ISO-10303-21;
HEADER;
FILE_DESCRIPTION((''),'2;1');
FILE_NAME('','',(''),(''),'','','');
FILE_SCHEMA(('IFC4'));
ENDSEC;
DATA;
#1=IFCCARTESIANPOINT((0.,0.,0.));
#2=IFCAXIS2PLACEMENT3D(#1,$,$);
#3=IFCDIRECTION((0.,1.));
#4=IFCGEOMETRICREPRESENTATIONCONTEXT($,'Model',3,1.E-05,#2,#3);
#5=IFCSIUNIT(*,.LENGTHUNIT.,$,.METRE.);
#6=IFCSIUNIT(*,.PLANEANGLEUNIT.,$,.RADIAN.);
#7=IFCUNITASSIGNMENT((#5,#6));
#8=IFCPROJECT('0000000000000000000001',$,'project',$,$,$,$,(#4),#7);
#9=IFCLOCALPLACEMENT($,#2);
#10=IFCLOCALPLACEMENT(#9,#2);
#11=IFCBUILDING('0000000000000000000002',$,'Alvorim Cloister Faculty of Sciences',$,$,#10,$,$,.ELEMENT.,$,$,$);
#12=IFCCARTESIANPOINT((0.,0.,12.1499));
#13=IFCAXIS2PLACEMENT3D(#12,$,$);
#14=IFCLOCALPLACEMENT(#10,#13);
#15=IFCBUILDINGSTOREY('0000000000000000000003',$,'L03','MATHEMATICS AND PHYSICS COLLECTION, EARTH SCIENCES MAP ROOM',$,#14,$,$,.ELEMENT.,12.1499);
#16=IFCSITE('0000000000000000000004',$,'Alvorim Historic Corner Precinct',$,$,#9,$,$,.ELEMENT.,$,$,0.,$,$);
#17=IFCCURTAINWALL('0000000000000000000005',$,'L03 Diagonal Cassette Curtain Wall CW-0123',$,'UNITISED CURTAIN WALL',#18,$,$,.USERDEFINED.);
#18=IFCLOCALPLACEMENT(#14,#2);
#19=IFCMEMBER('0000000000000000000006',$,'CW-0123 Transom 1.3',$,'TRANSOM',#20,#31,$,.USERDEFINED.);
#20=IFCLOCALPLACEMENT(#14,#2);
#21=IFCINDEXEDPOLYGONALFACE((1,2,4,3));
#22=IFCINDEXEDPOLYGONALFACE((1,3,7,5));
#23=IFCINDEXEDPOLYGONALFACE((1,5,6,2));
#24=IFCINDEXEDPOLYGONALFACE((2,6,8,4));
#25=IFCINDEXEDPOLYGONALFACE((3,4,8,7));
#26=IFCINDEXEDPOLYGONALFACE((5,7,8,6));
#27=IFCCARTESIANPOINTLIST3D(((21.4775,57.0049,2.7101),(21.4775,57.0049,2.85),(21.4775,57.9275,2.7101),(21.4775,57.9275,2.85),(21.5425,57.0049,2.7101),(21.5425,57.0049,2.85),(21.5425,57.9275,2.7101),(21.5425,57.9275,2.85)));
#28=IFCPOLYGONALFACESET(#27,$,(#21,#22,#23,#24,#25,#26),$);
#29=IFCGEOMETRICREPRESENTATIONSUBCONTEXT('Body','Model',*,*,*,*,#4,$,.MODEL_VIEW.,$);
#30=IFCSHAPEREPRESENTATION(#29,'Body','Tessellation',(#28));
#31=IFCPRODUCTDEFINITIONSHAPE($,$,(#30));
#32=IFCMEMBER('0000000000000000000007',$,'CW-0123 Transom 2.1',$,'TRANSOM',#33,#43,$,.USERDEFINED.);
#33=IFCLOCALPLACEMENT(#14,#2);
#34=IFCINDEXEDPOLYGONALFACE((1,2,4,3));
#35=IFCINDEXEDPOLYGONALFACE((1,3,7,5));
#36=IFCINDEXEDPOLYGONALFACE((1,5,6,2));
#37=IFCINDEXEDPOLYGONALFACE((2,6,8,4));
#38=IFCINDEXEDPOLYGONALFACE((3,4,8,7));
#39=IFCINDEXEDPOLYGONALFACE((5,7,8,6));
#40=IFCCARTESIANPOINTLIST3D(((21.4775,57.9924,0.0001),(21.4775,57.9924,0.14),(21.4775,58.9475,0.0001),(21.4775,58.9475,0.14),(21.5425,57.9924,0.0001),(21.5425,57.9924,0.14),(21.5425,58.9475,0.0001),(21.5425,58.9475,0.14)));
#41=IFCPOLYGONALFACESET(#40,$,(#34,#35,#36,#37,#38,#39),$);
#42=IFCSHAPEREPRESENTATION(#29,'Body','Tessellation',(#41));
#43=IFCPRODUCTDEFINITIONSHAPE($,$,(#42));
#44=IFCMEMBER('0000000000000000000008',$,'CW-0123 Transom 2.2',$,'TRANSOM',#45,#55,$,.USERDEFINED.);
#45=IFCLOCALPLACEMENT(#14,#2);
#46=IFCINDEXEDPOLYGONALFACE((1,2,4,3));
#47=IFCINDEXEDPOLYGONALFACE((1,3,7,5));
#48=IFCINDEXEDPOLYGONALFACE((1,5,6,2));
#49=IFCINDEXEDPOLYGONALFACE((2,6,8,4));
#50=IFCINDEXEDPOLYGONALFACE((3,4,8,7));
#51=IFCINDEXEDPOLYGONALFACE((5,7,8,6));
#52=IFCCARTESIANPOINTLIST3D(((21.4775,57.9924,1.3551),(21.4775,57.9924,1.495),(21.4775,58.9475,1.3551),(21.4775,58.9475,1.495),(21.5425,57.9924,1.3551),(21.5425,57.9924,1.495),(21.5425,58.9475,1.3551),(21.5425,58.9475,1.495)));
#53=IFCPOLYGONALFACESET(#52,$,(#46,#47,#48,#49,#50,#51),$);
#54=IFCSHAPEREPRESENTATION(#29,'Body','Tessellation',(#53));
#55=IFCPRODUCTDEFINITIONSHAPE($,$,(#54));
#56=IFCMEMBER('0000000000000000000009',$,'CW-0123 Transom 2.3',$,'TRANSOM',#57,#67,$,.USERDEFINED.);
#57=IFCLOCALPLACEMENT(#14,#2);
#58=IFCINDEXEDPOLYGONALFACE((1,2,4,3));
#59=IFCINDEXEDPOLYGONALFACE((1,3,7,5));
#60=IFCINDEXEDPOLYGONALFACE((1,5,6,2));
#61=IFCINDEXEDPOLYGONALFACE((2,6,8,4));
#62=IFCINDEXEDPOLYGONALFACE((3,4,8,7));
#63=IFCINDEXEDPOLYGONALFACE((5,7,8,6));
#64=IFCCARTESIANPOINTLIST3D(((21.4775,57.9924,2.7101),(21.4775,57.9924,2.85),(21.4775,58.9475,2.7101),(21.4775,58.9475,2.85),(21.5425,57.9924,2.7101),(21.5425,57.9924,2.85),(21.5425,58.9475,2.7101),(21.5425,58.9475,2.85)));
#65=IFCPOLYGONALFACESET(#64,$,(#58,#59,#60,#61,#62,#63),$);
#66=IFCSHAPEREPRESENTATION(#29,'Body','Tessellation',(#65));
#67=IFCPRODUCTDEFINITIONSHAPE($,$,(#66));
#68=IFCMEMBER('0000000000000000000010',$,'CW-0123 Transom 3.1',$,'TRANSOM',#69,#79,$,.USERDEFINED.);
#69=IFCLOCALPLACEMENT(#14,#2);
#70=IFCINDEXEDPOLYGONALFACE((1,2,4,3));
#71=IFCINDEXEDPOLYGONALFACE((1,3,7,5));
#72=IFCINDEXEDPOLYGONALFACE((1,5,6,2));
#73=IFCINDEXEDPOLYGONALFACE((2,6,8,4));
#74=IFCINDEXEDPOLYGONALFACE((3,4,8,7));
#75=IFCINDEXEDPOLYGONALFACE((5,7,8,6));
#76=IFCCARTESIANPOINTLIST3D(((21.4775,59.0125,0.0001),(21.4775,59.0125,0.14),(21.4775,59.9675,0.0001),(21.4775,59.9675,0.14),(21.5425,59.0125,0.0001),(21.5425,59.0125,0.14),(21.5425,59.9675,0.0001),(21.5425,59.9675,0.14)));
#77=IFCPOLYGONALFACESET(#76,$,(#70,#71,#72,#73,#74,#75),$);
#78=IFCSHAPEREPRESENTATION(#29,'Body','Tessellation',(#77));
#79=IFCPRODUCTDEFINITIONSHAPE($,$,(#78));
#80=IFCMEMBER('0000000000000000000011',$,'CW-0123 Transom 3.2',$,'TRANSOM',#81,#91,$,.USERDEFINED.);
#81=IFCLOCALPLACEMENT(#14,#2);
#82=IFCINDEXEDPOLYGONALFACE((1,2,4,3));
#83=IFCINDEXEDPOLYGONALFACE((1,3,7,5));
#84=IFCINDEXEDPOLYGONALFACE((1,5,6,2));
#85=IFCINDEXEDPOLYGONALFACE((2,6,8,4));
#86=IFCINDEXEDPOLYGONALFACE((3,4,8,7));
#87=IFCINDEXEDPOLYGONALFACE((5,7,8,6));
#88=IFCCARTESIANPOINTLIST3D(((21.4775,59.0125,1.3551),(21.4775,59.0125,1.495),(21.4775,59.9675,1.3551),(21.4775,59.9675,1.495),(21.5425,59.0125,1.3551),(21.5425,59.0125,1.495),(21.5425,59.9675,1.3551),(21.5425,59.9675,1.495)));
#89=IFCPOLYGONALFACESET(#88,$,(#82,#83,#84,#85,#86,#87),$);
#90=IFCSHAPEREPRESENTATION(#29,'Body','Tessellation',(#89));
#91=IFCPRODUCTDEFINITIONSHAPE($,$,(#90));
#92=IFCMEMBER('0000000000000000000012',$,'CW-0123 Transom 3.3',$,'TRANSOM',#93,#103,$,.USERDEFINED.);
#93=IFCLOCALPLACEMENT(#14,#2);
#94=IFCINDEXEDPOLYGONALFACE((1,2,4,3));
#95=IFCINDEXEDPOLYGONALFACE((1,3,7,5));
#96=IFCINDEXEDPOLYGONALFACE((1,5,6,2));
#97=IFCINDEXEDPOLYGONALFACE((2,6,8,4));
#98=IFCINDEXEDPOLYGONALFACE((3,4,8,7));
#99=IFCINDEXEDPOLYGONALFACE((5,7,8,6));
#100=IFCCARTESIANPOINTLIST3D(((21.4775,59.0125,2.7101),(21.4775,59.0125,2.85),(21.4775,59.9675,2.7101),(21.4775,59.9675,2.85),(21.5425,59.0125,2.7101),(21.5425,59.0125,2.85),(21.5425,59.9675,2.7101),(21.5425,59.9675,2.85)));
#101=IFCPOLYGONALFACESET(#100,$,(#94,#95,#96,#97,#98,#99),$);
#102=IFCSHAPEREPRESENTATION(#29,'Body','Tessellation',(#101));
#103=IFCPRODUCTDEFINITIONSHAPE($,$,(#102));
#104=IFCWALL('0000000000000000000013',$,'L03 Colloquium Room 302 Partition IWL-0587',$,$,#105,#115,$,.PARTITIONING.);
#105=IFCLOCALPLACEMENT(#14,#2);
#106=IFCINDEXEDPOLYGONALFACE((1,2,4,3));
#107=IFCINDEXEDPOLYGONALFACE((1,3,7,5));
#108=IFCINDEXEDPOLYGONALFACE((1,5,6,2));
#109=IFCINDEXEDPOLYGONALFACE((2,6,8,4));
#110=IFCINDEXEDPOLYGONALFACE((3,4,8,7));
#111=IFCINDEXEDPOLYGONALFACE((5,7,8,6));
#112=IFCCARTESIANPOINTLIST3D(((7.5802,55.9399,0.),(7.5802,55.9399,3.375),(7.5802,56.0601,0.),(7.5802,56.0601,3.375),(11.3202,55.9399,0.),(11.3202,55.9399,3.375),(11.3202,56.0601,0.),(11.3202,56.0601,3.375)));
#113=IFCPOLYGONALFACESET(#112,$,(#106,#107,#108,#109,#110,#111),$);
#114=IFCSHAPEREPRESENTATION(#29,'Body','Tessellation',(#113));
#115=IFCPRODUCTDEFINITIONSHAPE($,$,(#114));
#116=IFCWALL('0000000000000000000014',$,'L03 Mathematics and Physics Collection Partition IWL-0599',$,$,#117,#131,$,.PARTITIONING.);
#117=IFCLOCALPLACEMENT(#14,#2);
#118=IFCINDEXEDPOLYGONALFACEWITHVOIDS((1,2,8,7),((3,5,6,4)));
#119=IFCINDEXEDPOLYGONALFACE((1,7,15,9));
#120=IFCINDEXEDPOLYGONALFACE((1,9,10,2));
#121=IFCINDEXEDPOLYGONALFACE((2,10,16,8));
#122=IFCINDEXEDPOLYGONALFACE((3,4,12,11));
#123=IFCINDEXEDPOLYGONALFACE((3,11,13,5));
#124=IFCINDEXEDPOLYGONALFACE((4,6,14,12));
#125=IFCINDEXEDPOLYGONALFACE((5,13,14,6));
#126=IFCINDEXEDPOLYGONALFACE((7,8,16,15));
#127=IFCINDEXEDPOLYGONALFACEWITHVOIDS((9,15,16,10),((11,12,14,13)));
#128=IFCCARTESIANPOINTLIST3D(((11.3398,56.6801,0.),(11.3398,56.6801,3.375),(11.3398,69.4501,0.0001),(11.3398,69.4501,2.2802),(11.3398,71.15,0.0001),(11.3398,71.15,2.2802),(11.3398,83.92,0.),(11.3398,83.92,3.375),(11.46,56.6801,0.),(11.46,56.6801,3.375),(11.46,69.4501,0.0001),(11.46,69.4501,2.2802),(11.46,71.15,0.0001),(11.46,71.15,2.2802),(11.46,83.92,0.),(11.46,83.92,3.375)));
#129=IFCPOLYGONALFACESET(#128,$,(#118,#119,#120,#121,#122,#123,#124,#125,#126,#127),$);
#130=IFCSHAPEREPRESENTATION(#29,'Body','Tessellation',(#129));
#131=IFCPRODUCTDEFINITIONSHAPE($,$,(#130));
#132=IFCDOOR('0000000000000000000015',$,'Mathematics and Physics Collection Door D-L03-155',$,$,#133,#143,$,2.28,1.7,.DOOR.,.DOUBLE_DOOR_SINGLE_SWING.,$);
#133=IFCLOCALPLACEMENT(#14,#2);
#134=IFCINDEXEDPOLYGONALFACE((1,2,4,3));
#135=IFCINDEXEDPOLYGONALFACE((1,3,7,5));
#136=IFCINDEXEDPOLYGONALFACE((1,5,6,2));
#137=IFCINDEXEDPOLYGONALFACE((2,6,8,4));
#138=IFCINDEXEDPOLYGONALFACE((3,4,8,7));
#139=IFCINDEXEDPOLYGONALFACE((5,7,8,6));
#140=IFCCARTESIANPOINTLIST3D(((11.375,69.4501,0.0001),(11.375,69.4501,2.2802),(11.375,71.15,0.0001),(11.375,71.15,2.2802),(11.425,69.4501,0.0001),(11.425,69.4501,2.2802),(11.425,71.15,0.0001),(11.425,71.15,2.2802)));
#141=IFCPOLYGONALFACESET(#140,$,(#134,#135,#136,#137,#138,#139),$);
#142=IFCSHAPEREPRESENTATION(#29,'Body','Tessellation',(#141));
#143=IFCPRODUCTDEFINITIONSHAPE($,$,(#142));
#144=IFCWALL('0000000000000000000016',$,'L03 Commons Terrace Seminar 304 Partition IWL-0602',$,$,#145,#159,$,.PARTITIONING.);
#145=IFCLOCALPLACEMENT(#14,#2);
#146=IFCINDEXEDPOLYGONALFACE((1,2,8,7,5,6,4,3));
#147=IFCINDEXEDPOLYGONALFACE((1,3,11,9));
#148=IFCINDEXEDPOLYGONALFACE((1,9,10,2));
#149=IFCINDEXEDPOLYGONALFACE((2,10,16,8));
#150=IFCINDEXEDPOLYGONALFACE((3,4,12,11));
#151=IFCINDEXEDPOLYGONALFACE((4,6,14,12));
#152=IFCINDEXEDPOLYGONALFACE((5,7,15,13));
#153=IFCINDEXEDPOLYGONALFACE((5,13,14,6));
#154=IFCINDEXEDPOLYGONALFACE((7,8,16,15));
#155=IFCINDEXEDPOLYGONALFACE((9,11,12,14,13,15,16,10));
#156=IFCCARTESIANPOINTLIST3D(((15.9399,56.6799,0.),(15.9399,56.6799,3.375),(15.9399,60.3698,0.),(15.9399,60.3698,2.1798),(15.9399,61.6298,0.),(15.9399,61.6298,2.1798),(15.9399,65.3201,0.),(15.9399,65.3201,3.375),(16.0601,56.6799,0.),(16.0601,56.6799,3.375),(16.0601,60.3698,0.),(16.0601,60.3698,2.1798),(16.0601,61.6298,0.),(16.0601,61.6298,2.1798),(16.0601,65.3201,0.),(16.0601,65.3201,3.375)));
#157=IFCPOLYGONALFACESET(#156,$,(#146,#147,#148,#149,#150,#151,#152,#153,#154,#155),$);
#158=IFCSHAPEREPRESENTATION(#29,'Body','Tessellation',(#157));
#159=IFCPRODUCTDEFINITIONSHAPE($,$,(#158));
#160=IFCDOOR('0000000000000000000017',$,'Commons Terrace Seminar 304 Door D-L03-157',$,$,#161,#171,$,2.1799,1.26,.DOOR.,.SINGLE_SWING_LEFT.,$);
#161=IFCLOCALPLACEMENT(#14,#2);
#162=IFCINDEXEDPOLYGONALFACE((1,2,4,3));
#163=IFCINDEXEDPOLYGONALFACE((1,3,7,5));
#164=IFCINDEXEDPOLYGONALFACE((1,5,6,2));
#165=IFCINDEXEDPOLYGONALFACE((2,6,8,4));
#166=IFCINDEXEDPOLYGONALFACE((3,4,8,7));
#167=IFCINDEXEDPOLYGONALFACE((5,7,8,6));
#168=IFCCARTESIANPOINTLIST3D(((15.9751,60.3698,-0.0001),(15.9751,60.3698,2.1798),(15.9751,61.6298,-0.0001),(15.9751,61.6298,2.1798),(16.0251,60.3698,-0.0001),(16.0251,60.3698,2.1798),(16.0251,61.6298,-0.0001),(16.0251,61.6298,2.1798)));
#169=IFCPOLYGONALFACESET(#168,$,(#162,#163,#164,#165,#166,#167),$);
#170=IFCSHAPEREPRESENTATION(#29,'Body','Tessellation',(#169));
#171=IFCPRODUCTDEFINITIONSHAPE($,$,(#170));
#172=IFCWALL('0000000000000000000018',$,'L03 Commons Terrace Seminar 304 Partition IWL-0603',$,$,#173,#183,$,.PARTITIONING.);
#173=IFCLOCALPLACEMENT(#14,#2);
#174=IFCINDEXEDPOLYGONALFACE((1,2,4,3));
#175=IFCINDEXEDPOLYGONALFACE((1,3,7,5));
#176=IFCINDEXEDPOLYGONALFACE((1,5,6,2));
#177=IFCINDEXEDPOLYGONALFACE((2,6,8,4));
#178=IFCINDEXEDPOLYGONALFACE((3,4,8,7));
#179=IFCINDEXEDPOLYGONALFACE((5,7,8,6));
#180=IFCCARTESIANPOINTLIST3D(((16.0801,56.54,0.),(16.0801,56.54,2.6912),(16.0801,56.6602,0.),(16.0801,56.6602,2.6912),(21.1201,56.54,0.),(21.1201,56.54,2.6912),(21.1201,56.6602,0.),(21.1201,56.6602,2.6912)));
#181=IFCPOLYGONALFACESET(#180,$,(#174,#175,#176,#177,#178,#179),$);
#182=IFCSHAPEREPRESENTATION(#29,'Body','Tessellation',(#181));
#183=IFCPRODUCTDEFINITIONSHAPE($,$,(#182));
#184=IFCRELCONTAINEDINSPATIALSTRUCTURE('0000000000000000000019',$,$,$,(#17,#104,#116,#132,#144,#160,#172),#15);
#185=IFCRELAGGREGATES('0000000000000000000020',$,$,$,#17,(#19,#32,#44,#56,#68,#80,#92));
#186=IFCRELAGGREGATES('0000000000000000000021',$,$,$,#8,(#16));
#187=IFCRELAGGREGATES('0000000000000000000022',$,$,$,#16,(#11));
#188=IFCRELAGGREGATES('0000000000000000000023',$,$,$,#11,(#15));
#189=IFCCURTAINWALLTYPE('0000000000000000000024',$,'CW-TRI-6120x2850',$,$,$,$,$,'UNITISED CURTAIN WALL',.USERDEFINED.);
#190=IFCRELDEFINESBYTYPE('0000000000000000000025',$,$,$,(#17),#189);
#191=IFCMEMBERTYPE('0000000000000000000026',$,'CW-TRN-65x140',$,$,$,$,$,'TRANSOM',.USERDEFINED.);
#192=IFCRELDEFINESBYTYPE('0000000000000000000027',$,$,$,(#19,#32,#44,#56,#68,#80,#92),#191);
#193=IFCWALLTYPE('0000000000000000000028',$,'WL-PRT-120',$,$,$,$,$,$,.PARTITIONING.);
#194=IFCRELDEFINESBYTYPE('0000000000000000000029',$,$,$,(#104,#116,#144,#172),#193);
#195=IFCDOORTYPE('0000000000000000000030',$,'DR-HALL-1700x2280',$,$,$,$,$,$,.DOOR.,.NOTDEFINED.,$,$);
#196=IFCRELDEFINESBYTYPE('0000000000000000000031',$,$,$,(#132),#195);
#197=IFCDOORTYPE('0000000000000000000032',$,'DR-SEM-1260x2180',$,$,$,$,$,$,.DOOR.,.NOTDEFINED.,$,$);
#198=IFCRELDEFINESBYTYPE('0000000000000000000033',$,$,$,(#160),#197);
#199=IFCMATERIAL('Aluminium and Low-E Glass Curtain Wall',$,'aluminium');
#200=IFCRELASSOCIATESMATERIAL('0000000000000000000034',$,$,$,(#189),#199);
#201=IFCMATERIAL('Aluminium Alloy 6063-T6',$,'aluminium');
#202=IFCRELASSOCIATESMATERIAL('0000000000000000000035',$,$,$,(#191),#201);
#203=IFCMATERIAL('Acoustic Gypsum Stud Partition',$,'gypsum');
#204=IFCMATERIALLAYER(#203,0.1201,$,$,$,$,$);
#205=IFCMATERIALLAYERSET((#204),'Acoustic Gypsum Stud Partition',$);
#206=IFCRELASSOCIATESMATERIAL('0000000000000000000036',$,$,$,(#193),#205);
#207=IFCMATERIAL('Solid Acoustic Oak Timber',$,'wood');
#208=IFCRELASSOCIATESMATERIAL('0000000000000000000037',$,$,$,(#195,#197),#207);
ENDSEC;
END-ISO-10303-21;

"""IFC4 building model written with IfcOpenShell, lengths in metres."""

from ifc_helpers import new_model, si_unit, direction, frame, frame_2d, origin, origin_2d, place, context, subcontext, project, spatial, rectangle, extrude, material, layer, layer_set, material_profile, profile_set, type_object, element, fill, aggregate, save


model = new_model("IFC4")

# Units and contexts
model_context = context("Model", 3, precision=1e-05, world=origin(), true_north=direction((0.0, 1.0)))
body_context = subcontext(model_context, "Body", "Model", "MODEL_VIEW")
ifc_project = project(units=[si_unit("LENGTHUNIT", "METRE"), si_unit("PLANEANGLEUNIT", "RADIAN")], contexts=[model_context])

# Site, building, storey
site_placement = place(None, origin())
site = spatial("IfcSite", under=ifc_project, at=site_placement, Name="Alvorim Historic Corner Precinct", CompositionType="ELEMENT", RefElevation=0.0)
building_placement = place(site_placement, origin())
building = spatial("IfcBuilding", under=site, at=building_placement, Name="Alvorim Cloister Faculty of Sciences", CompositionType="ELEMENT")
storey_placement = place(building_placement, frame((0.0, 0.0, 12.1499)))
storey = spatial("IfcBuildingStorey", under=building, at=storey_placement, Name="L03", Description="MATHEMATICS AND PHYSICS COLLECTION, EARTH SCIENCES MAP ROOM", CompositionType="ELEMENT", Elevation=12.1499)

# Curtain wall, members
ifc_material_1 = material(Name="Aluminium and Low-E Glass Curtain Wall", Category="aluminium")
curtain_wall_type = type_object("IfcCurtainWallType", Name="CW-TRI-6120x2850", ElementType="UNITISED CURTAIN WALL", PredefinedType="USERDEFINED", material=ifc_material_1)
curtain_wall_placement = place(storey_placement, origin())
curtain_wall = element("IfcCurtainWall", 1, at=curtain_wall_placement, inside=storey, type_object=curtain_wall_type, Name="L03 Diagonal Cassette Curtain Wall CW-0123", ObjectType="UNITISED CURTAIN WALL", PredefinedType="USERDEFINED")
ifc_material_2 = material(Name="Aluminium Alloy 6063-T6", Category="aluminium")
ifc_material_profile_1 = material_profile(ifc_material_2, rectangle(XDim=0.0649, YDim=0.1399, at=origin_2d()), Name="ALU-TRN-65x140")
ifc_profile_set_1 = profile_set([ifc_material_profile_1], Name="Aluminium Alloy 6063-T6")
member_type_1 = type_object("IfcMemberType", Name="CW-TRN-65x140", ElementType="TRANSOM", PredefinedType="USERDEFINED", material=ifc_profile_set_1)
member_1_placement = place(storey_placement, frame((21.51, 57.0049, 2.78), z_axis=(0.0, 1.0, 0.0), x_axis=(-1.0, 0.0, 0.0)))
member_1 = element("IfcMember", 2, at=member_1_placement, type_object=member_type_1, Name="CW-0123 Transom 1.3", ObjectType="TRANSOM", PredefinedType="USERDEFINED", context=body_context, shape_type="SweptSolid", body=[
    extrude(rectangle(XDim=0.0649, YDim=0.1399, at=origin_2d()), origin(), (0.0, 0.0, 1.0), 0.9226),
])
member_2_placement = place(storey_placement, frame((21.51, 57.9924, 0.0701), z_axis=(0.0, 1.0, 0.0), x_axis=(-1.0, 0.0, 0.0)))
member_2 = element("IfcMember", 3, at=member_2_placement, type_object=member_type_1, Name="CW-0123 Transom 2.1", ObjectType="TRANSOM", PredefinedType="USERDEFINED", context=body_context, shape_type="SweptSolid", body=[
    extrude(rectangle(XDim=0.0649, YDim=0.1399, at=origin_2d()), origin(), (0.0, 0.0, 1.0), 0.9551),
])
member_3_placement = place(storey_placement, frame((21.51, 57.9924, 1.425), z_axis=(0.0, 1.0, 0.0), x_axis=(-1.0, 0.0, 0.0)))
member_3 = element("IfcMember", 4, at=member_3_placement, type_object=member_type_1, Name="CW-0123 Transom 2.2", ObjectType="TRANSOM", PredefinedType="USERDEFINED", context=body_context, shape_type="SweptSolid", body=[
    extrude(rectangle(XDim=0.0649, YDim=0.1399, at=origin_2d()), origin(), (0.0, 0.0, 1.0), 0.9551),
])
member_4_placement = place(storey_placement, frame((21.51, 57.9924, 2.78), z_axis=(0.0, 1.0, 0.0), x_axis=(-1.0, 0.0, 0.0)))
member_4 = element("IfcMember", 5, at=member_4_placement, type_object=member_type_1, Name="CW-0123 Transom 2.3", ObjectType="TRANSOM", PredefinedType="USERDEFINED", context=body_context, shape_type="SweptSolid", body=[
    extrude(rectangle(XDim=0.0649, YDim=0.1399, at=origin_2d()), origin(), (0.0, 0.0, 1.0), 0.9551),
])
member_5_placement = place(storey_placement, frame((21.51, 59.0125, 0.0701), z_axis=(0.0, 1.0, 0.0), x_axis=(-1.0, 0.0, 0.0)))
member_5 = element("IfcMember", 6, at=member_5_placement, type_object=member_type_1, Name="CW-0123 Transom 3.1", ObjectType="TRANSOM", PredefinedType="USERDEFINED", context=body_context, shape_type="SweptSolid", body=[
    extrude(rectangle(XDim=0.0649, YDim=0.1399, at=origin_2d()), origin(), (0.0, 0.0, 1.0), 0.9551),
])
member_6_placement = place(storey_placement, frame((21.51, 59.0125, 1.425), z_axis=(0.0, 1.0, 0.0), x_axis=(-1.0, 0.0, 0.0)))
member_6 = element("IfcMember", 7, at=member_6_placement, type_object=member_type_1, Name="CW-0123 Transom 3.2", ObjectType="TRANSOM", PredefinedType="USERDEFINED", context=body_context, shape_type="SweptSolid", body=[
    extrude(rectangle(XDim=0.0649, YDim=0.1399, at=origin_2d()), origin(), (0.0, 0.0, 1.0), 0.9551),
])
member_7_placement = place(storey_placement, frame((21.51, 59.0125, 2.78), z_axis=(0.0, 1.0, 0.0), x_axis=(-1.0, 0.0, 0.0)))
member_7 = element("IfcMember", 8, at=member_7_placement, type_object=member_type_1, Name="CW-0123 Transom 3.3", ObjectType="TRANSOM", PredefinedType="USERDEFINED", context=body_context, shape_type="SweptSolid", body=[
    extrude(rectangle(XDim=0.0649, YDim=0.1399, at=origin_2d()), origin(), (0.0, 0.0, 1.0), 0.9551),
])
aggregate(curtain_wall, [member_1, member_2, member_3, member_4, member_5, member_6, member_7])

# Wall
ifc_material_3 = material(Name="Acoustic Gypsum Stud Partition", Category="gypsum")
ifc_layer_1 = layer(ifc_material_3, 0.1201)
ifc_layer_set_1 = layer_set([ifc_layer_1], Name="Acoustic Gypsum Stud Partition")
wall_type_1 = type_object("IfcWallType", Name="WL-PRT-120", PredefinedType="PARTITIONING", material=ifc_layer_set_1)
wall_1_placement = place(storey_placement, frame((7.5801, 56.0, 0.0), z_axis=(0.0, 0.0, 1.0), x_axis=(1.0, 0.0, 0.0)))
element("IfcWall", 9, at=wall_1_placement, inside=storey, type_object=wall_type_1, Name="L03 Colloquium Room 302 Partition IWL-0587", PredefinedType="PARTITIONING", context=body_context, shape_type="SweptSolid", body=[
    extrude(rectangle(XDim=3.74, YDim=0.1201, at=frame_2d((1.8701, 0.0))), origin(), (0.0, 0.0, 1.0), 3.375),
])

# Walls, openings, doors
wall_2_placement = place(storey_placement, frame((11.3999, 56.6799, 0.0), z_axis=(0.0, 0.0, 1.0), x_axis=(0.0, 1.0, 0.0)))
wall_2 = element("IfcWall", 10, at=wall_2_placement, inside=storey, type_object=wall_type_1, Name="L03 Mathematics and Physics Collection Partition IWL-0599", PredefinedType="PARTITIONING", context=body_context, shape_type="SweptSolid", body=[
    extrude(rectangle(XDim=27.24, YDim=0.1201, at=frame_2d((13.6201, 0.0))), origin(), (0.0, 0.0, 1.0), 3.375),
])
opening_1_placement = place(wall_2_placement, frame((12.77, 0.0, 0.0)))
opening_1 = element("IfcOpeningElement", 11, at=opening_1_placement, cuts=wall_2, PredefinedType="OPENING", context=body_context, shape_type="SweptSolid", body=[
    extrude(rectangle(XDim=1.7, YDim=2.28, at=frame_2d((0.8501, 1.1401))), frame((0.0, 0.072, 0.0), z_axis=(0.0, -1.0, 0.0), x_axis=(1.0, 0.0, 0.0)), (0.0, 0.0, 1.0), 0.144),
])
ifc_material_4 = material(Name="Solid Acoustic Oak Timber", Category="wood")
door_type_1 = type_object("IfcDoorType", Name="DR-HALL-1700x2280", OperationType="NOTDEFINED", PredefinedType="DOOR", material=ifc_material_4)
door_1_placement = place(opening_1_placement, origin())
door_1 = element("IfcDoor", 12, at=door_1_placement, inside=storey, type_object=door_type_1, Name="Mathematics and Physics Collection Door D-L03-155", OperationType="DOUBLE_DOOR_SINGLE_SWING", OverallHeight=2.28, OverallWidth=1.7, PredefinedType="DOOR", context=body_context, shape_type="SweptSolid", body=[
    extrude(rectangle(XDim=1.7, YDim=2.28, at=frame_2d((0.8501, 1.1401))), frame((0.0, 0.0249, 0.0), z_axis=(0.0, -1.0, 0.0), x_axis=(1.0, 0.0, 0.0)), (0.0, 0.0, 1.0), 0.05),
])
fill(opening_1, door_1)
wall_3_placement = place(storey_placement, frame((16.0, 56.6799, 0.0), z_axis=(0.0, 0.0, 1.0), x_axis=(0.0, 1.0, 0.0)))
wall_3 = element("IfcWall", 13, at=wall_3_placement, inside=storey, type_object=wall_type_1, Name="L03 Commons Terrace Seminar 304 Partition IWL-0602", PredefinedType="PARTITIONING", context=body_context, shape_type="SweptSolid", body=[
    extrude(rectangle(XDim=8.6401, YDim=0.1201, at=frame_2d((4.3201, 0.0))), origin(), (0.0, 0.0, 1.0), 3.375),
])
opening_2_placement = place(wall_3_placement, frame((3.6899, 0.0, 0.0)))
opening_2 = element("IfcOpeningElement", 14, at=opening_2_placement, cuts=wall_3, PredefinedType="OPENING", context=body_context, shape_type="SweptSolid", body=[
    extrude(rectangle(XDim=1.26, YDim=2.1799, at=frame_2d((0.6299, 1.0898))), frame((0.0, 0.072, 0.0), z_axis=(0.0, -1.0, 0.0), x_axis=(1.0, 0.0, 0.0)), (0.0, 0.0, 1.0), 0.144),
])
door_type_2 = type_object("IfcDoorType", Name="DR-SEM-1260x2180", OperationType="NOTDEFINED", PredefinedType="DOOR", material=ifc_material_4)
door_2_placement = place(opening_2_placement, origin())
door_2 = element("IfcDoor", 15, at=door_2_placement, inside=storey, type_object=door_type_2, Name="Commons Terrace Seminar 304 Door D-L03-157", OperationType="SINGLE_SWING_LEFT", OverallHeight=2.1799, OverallWidth=1.26, PredefinedType="DOOR", context=body_context, shape_type="SweptSolid", body=[
    extrude(rectangle(XDim=1.26, YDim=2.1799, at=frame_2d((0.6299, 1.0898))), frame((0.0, 0.0249, 0.0), z_axis=(0.0, -1.0, 0.0), x_axis=(1.0, 0.0, 0.0)), (0.0, 0.0, 1.0), 0.05),
])
fill(opening_2, door_2)

# Wall
wall_4_placement = place(storey_placement, frame((16.0801, 56.6001, 0.0), z_axis=(0.0, 0.0, 1.0), x_axis=(1.0, 0.0, 0.0)))
element("IfcWall", 16, at=wall_4_placement, inside=storey, type_object=wall_type_1, Name="L03 Commons Terrace Seminar 304 Partition IWL-0603", PredefinedType="PARTITIONING", context=body_context, shape_type="SweptSolid", body=[
    extrude(rectangle(XDim=5.04, YDim=0.1201, at=frame_2d((2.52, 0.0))), origin(), (0.0, 0.0, 1.0), 2.6912),
])

save(model, "model.ifc")
